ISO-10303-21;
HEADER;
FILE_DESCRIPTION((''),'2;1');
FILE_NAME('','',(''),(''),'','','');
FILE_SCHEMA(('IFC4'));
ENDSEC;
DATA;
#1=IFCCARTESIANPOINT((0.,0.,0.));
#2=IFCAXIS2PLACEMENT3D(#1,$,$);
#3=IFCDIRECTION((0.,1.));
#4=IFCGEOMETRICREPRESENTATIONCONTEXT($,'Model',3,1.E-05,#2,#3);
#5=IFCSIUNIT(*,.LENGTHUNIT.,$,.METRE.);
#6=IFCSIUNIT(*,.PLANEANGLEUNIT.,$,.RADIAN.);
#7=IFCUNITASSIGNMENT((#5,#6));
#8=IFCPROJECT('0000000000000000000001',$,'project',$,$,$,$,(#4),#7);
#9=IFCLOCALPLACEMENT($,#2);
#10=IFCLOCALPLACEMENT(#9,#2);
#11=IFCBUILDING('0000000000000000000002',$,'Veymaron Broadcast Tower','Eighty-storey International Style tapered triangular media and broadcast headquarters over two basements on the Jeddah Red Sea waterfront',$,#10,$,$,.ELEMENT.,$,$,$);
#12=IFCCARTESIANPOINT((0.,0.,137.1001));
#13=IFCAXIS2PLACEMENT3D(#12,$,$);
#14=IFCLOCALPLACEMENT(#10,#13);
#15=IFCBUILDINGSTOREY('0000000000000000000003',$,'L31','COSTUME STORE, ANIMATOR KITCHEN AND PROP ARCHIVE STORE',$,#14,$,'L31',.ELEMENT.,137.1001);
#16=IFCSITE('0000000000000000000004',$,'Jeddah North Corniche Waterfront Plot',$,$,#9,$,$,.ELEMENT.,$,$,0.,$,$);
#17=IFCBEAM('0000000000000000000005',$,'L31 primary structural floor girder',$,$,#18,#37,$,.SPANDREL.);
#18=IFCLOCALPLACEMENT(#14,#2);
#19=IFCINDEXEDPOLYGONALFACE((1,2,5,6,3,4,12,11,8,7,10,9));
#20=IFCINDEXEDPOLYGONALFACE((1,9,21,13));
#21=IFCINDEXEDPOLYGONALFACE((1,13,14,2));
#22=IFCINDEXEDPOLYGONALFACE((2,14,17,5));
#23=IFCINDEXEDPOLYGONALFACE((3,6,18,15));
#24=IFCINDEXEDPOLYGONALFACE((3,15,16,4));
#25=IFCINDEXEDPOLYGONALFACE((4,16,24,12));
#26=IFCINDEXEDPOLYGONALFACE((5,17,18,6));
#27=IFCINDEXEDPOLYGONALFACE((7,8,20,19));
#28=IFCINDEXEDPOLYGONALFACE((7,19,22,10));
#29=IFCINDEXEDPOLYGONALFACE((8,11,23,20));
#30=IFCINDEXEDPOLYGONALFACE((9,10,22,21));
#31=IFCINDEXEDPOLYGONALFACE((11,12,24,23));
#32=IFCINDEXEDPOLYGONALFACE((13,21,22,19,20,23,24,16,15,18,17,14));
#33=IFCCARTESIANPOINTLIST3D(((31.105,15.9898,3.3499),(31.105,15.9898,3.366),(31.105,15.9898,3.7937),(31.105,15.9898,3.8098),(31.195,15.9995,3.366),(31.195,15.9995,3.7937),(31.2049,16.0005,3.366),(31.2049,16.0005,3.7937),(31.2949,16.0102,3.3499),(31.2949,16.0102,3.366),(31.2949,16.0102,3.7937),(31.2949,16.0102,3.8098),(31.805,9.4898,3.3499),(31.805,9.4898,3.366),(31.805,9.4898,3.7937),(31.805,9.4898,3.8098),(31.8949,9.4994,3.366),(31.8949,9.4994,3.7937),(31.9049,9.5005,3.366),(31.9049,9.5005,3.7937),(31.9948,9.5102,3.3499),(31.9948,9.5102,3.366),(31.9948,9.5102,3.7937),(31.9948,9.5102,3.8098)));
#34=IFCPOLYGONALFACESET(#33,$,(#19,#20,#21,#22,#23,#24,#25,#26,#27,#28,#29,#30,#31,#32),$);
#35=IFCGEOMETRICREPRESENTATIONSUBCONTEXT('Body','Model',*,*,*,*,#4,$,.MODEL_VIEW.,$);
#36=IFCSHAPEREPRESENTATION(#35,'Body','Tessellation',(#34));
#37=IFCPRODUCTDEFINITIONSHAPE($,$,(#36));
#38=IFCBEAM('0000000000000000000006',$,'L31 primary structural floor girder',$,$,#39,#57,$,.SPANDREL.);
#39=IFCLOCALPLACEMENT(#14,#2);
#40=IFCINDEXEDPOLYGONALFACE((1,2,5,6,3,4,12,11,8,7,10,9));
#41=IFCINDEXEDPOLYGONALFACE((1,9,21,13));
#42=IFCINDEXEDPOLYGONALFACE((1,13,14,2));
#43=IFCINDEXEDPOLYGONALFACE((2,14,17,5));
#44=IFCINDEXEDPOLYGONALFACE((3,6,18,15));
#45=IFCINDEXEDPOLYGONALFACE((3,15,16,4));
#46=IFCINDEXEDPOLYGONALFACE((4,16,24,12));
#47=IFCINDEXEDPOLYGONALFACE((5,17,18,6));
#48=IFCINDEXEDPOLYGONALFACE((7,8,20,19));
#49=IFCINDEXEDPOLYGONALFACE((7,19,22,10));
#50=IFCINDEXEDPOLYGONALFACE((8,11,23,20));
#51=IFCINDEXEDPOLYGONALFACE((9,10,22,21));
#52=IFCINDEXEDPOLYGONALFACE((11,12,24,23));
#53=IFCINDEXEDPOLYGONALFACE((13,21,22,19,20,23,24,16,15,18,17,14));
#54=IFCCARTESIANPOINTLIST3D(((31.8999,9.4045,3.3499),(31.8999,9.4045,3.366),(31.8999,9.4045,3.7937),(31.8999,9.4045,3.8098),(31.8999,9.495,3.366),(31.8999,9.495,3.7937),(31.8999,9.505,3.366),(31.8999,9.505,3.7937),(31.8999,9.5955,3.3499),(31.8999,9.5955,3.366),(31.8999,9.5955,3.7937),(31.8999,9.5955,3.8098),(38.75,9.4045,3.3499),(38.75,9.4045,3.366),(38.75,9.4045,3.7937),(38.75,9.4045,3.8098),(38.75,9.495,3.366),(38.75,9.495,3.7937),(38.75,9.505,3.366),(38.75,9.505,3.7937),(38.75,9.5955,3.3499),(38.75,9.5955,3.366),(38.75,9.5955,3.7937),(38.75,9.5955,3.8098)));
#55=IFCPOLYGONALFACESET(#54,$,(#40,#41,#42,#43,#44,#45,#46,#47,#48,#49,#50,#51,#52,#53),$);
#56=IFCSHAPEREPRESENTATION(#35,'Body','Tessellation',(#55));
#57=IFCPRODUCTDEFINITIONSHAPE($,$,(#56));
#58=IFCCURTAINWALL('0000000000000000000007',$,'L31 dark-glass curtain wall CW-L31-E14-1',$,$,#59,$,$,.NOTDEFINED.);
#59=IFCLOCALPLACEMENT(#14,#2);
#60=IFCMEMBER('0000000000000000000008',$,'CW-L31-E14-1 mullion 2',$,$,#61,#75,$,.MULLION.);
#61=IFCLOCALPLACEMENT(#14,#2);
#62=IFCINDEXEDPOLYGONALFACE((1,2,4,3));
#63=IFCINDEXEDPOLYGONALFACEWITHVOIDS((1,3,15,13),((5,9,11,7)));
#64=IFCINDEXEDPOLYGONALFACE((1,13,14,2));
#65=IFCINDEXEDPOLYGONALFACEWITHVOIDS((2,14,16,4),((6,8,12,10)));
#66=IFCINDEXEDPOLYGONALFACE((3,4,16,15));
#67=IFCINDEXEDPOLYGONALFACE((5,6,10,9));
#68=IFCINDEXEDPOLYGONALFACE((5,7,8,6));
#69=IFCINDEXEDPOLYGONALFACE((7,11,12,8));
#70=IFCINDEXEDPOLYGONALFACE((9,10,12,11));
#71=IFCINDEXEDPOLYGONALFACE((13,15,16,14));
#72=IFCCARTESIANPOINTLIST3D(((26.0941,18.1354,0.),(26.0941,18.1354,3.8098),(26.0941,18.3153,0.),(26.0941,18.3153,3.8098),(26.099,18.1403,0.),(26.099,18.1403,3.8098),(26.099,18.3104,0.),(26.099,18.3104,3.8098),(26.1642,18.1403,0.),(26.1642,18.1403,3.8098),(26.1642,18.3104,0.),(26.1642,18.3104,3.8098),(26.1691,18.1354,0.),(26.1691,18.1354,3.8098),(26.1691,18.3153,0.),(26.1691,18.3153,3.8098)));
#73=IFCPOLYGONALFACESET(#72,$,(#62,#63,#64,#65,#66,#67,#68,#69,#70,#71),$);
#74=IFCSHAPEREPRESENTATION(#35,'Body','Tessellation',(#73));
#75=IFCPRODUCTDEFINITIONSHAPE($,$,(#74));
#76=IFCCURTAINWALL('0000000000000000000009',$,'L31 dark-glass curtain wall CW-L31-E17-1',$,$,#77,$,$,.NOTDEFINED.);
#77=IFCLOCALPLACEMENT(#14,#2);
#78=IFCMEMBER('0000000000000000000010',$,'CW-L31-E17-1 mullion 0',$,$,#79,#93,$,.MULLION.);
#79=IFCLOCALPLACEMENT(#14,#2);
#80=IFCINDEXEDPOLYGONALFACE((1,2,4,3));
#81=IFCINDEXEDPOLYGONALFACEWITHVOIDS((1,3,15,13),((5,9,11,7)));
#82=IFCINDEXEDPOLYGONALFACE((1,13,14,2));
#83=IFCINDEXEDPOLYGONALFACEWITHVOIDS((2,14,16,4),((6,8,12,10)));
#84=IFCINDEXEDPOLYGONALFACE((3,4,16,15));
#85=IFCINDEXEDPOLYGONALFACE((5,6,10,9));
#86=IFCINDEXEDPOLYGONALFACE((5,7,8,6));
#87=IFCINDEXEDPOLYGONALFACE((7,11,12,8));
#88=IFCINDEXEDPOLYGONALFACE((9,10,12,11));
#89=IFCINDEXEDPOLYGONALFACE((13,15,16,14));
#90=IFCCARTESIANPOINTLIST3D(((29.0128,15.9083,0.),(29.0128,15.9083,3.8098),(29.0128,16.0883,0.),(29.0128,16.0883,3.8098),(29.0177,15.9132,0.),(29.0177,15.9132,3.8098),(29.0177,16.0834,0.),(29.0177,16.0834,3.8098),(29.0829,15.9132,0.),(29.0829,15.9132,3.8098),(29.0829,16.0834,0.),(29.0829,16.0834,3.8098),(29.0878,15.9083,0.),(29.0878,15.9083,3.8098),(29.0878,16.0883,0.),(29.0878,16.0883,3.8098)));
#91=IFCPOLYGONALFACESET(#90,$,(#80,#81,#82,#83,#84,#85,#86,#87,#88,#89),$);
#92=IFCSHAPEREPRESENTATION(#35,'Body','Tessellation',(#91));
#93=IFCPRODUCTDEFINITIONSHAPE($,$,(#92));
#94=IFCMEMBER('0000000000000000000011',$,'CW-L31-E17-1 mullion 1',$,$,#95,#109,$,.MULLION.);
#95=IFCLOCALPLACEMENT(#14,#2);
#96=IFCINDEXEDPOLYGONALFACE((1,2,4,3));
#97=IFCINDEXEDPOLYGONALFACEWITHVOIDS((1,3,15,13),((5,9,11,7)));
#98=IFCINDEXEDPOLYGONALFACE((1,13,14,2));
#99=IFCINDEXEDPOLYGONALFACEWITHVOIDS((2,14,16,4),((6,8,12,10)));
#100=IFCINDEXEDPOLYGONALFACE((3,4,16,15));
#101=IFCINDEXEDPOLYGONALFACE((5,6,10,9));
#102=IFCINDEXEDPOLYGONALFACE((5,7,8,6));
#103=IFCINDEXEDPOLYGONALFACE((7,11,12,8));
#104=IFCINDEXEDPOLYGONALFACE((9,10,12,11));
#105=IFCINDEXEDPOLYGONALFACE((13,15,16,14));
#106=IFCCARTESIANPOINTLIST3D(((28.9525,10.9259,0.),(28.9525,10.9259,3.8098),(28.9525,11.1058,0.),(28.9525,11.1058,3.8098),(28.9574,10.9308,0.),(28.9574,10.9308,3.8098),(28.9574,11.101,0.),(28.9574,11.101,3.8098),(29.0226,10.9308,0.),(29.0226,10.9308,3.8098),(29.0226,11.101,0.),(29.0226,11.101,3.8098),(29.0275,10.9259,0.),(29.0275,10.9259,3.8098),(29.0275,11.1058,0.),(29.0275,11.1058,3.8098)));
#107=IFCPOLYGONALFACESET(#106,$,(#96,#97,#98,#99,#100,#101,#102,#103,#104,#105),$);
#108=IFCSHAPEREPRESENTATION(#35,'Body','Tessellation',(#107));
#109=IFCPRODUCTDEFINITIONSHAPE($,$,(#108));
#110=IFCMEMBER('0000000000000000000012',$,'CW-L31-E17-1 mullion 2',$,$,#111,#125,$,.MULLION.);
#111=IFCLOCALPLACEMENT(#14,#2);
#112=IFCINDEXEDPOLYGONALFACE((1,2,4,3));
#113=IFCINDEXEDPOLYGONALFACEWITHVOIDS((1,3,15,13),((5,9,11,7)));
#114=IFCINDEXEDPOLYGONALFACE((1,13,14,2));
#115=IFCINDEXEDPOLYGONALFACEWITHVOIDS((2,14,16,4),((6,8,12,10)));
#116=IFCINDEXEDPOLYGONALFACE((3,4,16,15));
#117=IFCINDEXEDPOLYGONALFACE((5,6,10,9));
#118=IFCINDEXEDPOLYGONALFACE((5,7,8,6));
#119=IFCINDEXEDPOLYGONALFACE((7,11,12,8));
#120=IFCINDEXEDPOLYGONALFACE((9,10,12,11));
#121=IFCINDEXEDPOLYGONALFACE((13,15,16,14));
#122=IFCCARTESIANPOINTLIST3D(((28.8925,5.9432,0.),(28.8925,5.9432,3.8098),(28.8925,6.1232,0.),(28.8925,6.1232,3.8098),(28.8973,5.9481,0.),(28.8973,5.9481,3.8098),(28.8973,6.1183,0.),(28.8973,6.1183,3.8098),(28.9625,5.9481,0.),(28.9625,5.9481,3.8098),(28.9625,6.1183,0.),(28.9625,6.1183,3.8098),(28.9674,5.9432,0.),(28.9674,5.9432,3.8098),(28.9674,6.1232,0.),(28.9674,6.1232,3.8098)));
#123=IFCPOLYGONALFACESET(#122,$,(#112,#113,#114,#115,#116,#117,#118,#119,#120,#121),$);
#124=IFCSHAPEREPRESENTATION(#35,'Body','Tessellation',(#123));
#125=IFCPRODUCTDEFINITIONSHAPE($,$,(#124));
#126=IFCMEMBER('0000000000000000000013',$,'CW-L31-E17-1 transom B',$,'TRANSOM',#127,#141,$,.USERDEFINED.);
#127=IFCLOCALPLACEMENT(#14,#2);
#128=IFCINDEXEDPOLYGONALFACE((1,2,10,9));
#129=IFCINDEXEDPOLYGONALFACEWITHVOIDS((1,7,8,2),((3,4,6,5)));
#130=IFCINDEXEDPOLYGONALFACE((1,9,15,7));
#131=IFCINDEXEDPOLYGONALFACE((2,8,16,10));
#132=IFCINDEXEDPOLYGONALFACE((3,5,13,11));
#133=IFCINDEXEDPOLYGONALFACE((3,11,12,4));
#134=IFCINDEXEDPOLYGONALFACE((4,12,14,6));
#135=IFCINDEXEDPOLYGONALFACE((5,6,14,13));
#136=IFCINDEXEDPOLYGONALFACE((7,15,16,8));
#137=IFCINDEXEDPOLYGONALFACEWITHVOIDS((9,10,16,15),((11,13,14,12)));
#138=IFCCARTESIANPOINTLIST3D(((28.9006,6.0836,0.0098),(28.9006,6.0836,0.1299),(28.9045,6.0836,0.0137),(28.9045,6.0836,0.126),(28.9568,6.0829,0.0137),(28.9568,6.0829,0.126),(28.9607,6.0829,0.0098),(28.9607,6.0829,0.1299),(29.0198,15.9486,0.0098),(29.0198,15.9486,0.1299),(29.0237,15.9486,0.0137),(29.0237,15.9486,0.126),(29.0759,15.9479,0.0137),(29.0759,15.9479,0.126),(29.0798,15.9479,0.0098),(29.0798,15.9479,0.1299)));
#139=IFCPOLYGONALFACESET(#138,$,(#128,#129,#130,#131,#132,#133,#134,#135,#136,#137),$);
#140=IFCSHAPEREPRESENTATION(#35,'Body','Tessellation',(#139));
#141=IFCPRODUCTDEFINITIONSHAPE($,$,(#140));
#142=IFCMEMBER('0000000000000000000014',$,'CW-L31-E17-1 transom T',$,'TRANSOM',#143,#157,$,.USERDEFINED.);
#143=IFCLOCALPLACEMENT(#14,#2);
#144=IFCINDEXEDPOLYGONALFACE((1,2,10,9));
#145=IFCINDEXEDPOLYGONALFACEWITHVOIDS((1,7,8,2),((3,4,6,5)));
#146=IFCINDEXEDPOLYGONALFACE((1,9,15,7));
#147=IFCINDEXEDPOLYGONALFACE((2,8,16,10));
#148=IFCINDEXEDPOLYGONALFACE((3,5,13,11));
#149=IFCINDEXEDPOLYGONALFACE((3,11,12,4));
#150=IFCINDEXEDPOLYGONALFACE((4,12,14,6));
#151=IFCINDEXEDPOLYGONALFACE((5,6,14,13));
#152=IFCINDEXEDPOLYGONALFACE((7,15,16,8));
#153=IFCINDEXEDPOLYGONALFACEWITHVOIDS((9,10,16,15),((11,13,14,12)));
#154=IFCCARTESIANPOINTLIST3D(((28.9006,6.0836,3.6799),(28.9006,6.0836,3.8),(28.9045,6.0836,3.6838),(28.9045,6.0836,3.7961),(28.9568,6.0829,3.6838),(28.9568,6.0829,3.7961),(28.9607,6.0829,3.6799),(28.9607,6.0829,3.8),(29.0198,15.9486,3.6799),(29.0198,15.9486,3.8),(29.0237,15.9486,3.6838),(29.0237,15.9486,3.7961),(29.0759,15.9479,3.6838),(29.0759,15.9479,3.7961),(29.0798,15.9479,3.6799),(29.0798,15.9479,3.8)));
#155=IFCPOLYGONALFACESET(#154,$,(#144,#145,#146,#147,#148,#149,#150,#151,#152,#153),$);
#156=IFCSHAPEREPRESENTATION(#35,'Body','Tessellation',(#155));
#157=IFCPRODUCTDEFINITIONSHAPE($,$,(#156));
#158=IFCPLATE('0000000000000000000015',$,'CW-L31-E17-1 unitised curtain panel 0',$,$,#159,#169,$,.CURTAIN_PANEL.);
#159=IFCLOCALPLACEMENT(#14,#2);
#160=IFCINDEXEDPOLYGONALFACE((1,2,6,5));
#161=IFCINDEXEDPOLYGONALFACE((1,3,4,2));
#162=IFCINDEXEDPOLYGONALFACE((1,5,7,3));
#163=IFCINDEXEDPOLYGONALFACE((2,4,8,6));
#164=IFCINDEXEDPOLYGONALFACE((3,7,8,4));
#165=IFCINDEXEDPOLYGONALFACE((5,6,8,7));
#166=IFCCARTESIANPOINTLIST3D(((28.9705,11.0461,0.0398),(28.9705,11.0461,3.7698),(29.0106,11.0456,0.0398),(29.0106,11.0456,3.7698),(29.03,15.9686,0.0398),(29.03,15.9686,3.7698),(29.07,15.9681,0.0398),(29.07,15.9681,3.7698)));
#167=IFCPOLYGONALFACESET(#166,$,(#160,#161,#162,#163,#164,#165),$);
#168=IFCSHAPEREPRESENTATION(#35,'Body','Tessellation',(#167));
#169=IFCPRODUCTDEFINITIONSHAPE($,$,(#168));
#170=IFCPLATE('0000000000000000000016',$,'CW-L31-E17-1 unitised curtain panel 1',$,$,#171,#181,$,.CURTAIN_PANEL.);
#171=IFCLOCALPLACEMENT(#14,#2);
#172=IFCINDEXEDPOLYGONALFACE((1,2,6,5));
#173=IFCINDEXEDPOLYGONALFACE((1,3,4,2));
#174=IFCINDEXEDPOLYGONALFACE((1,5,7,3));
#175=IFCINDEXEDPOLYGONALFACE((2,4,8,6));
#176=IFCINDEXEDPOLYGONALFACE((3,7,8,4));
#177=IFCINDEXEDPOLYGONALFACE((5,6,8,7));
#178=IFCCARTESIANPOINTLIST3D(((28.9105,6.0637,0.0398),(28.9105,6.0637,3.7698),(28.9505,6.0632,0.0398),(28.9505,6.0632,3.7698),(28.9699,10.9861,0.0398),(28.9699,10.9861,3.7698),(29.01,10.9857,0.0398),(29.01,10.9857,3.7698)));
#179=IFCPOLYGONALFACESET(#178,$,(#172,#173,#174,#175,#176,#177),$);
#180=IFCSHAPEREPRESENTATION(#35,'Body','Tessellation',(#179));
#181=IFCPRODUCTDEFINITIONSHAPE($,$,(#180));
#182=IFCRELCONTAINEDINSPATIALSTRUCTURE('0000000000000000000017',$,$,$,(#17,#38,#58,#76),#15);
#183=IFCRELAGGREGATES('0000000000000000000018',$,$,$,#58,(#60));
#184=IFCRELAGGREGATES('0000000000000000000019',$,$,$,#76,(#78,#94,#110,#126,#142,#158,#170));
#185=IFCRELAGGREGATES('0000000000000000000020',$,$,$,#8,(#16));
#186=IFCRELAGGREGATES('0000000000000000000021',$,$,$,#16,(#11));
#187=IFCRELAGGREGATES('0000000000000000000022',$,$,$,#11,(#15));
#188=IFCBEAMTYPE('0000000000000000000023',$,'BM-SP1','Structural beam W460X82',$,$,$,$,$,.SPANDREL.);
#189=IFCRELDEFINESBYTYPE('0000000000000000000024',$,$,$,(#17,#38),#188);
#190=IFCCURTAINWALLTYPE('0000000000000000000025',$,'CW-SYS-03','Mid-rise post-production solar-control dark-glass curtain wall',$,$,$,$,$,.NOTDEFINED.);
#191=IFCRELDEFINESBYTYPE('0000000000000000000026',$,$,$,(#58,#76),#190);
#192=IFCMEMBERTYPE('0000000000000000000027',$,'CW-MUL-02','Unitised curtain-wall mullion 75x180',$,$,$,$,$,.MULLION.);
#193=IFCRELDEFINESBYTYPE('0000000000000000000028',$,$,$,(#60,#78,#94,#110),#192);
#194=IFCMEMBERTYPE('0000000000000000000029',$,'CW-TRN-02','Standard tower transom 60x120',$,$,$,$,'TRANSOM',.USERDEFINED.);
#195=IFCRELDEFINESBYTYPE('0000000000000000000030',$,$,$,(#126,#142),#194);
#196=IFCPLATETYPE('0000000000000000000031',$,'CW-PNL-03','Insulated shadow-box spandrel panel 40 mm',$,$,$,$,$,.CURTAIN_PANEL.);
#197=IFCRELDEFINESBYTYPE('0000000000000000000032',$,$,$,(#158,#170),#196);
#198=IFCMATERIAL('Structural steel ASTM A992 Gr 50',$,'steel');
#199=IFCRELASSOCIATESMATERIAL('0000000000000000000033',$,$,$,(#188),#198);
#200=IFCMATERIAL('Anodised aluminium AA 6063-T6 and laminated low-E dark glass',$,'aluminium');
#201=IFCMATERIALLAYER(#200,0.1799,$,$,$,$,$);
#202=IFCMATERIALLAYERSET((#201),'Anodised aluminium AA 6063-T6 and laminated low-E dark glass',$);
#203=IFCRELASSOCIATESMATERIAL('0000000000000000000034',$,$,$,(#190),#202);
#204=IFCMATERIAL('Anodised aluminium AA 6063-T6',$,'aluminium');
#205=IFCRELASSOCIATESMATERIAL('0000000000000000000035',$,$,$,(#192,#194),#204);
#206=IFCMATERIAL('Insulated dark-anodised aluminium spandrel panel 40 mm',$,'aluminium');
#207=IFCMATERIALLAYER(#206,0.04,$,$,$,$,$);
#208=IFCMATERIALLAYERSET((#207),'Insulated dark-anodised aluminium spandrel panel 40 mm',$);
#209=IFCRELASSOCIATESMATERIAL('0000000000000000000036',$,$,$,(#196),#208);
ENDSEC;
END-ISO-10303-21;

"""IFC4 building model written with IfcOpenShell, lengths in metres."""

from ifc_helpers import new_model, si_unit, direction, frame, origin, origin_2d, place, context, subcontext, project, spatial, rectangle, hollow_rectangle, i_section, extrude, material, layer, layer_set, material_profile, profile_set, type_object, element, aggregate, save


model = new_model("IFC4")

# Units and contexts
model_context = context("Model", 3, precision=1e-05, world=origin(), true_north=direction((0.0, 1.0)))
body_context = subcontext(model_context, "Body", "Model", "MODEL_VIEW")
ifc_project = project(units=[si_unit("LENGTHUNIT", "METRE"), si_unit("PLANEANGLEUNIT", "RADIAN")], contexts=[model_context])

# Site, building, storey
site_placement = place(None, origin())
site = spatial("IfcSite", under=ifc_project, at=site_placement, Name="Jeddah North Corniche Waterfront Plot", CompositionType="ELEMENT", RefElevation=0.0)
building_placement = place(site_placement, origin())
building = spatial("IfcBuilding", under=site, at=building_placement, Name="Veymaron Broadcast Tower", Description="Eighty-storey International Style tapered triangular media and broadcast headquarters over two basements on the Jeddah Red Sea waterfront", CompositionType="ELEMENT")
storey_placement = place(building_placement, frame((0.0, 0.0, 137.1001)))
storey = spatial("IfcBuildingStorey", under=building, at=storey_placement, Name="L31", Description="COSTUME STORE, ANIMATOR KITCHEN AND PROP ARCHIVE STORE", LongName="L31", CompositionType="ELEMENT", Elevation=137.1001)

# Shared definitions
ifc_material_1 = material(Name="Structural steel ASTM A992 Gr 50", Category="steel")

# Beams
ifc_material_profile_1 = material_profile(ifc_material_1, i_section(OverallWidth=0.1909, OverallDepth=0.46, WebThickness=0.01, FlangeThickness=0.0161, at=origin_2d()), Name="W460X82")
ifc_profile_set_1 = profile_set([ifc_material_profile_1], Name="Structural steel ASTM A992 Gr 50")
beam_type_1 = type_object("IfcBeamType", Name="BM-SP1", Description="Structural beam W460X82", PredefinedType="SPANDREL", material=ifc_profile_set_1)
beam_1_placement = place(storey_placement, frame((31.2, 16.0, 3.5798), z_axis=(0.107066, -0.994252, 0.0), x_axis=(0.994252, 0.107066, 0.0)))
element("IfcBeam", 1, at=beam_1_placement, inside=storey, type_object=beam_type_1, Name="L31 primary structural floor girder", PredefinedType="SPANDREL", context=body_context, shape_type="SweptSolid", body=[
    extrude(i_section(OverallWidth=0.1909, OverallDepth=0.46, WebThickness=0.01, FlangeThickness=0.0161, at=origin_2d()), origin(), (0.0, 0.0, 1.0), 6.5376),
])
beam_2_placement = place(storey_placement, frame((31.8999, 9.5, 3.5798), z_axis=(1.0, 0.0, 0.0), x_axis=(0.0, 1.0, 0.0)))
element("IfcBeam", 2, at=beam_2_placement, inside=storey, type_object=beam_type_1, Name="L31 primary structural floor girder", PredefinedType="SPANDREL", context=body_context, shape_type="SweptSolid", body=[
    extrude(i_section(OverallWidth=0.1909, OverallDepth=0.46, WebThickness=0.01, FlangeThickness=0.0161, at=origin_2d()), origin(), (0.0, 0.0, 1.0), 6.8501),
])

# Curtain wall, member
ifc_material_2 = material(Name="Anodised aluminium AA 6063-T6 and laminated low-E dark glass", Category="aluminium")
ifc_layer_1 = layer(ifc_material_2, 0.1799)
ifc_layer_set_1 = layer_set([ifc_layer_1], Name="Anodised aluminium AA 6063-T6 and laminated low-E dark glass")
curtain_wall_type = type_object("IfcCurtainWallType", Name="CW-SYS-03", Description="Mid-rise post-production solar-control dark-glass curtain wall", PredefinedType="NOTDEFINED", material=ifc_layer_set_1)
curtain_wall_1_placement = place(storey_placement, origin())
curtain_wall_1 = element("IfcCurtainWall", 3, at=curtain_wall_1_placement, inside=storey, type_object=curtain_wall_type, Name="L31 dark-glass curtain wall CW-L31-E14-1", PredefinedType="NOTDEFINED")
ifc_material_3 = material(Name="Anodised aluminium AA 6063-T6", Category="aluminium")
ifc_material_profile_2 = material_profile(ifc_material_3, hollow_rectangle(XDim=0.075, YDim=0.1799, WallThickness=0.0049, at=origin_2d()), Name="AL180X75X5")
ifc_profile_set_2 = profile_set([ifc_material_profile_2], Name="Anodised aluminium AA 6063-T6")
member_type_1 = type_object("IfcMemberType", Name="CW-MUL-02", Description="Unitised curtain-wall mullion 75x180", PredefinedType="MULLION", material=ifc_profile_set_2)
member_1_placement = place(storey_placement, frame((26.1316, 18.2253, 0.0), z_axis=(0.0, 0.0, 1.0), x_axis=(1.0, 0.0, 0.0)))
member_1 = element("IfcMember", 4, at=member_1_placement, type_object=member_type_1, Name="CW-L31-E14-1 mullion 2", PredefinedType="MULLION", context=body_context, shape_type="SweptSolid", body=[
    extrude(hollow_rectangle(XDim=0.075, YDim=0.1799, WallThickness=0.0049, at=origin_2d()), origin(), (0.0, 0.0, 1.0), 3.8098),
])
aggregate(curtain_wall_1, [member_1])

# Curtain wall, members, plates
curtain_wall_2_placement = place(storey_placement, origin())
curtain_wall_2 = element("IfcCurtainWall", 5, at=curtain_wall_2_placement, inside=storey, type_object=curtain_wall_type, Name="L31 dark-glass curtain wall CW-L31-E17-1", PredefinedType="NOTDEFINED")
member_2_placement = place(storey_placement, frame((29.0503, 15.9983, 0.0), z_axis=(0.0, 0.0, 1.0), x_axis=(1.0, 0.0, 0.0)))
member_2 = element("IfcMember", 6, at=member_2_placement, type_object=member_type_1, Name="CW-L31-E17-1 mullion 0", PredefinedType="MULLION", context=body_context, shape_type="SweptSolid", body=[
    extrude(hollow_rectangle(XDim=0.075, YDim=0.1799, WallThickness=0.0049, at=origin_2d()), origin(), (0.0, 0.0, 1.0), 3.8098),
])
member_3_placement = place(storey_placement, frame((28.99, 11.0159, 0.0), z_axis=(0.0, 0.0, 1.0), x_axis=(1.0, 0.0, 0.0)))
member_3 = element("IfcMember", 7, at=member_3_placement, type_object=member_type_1, Name="CW-L31-E17-1 mullion 1", PredefinedType="MULLION", context=body_context, shape_type="SweptSolid", body=[
    extrude(hollow_rectangle(XDim=0.075, YDim=0.1799, WallThickness=0.0049, at=origin_2d()), origin(), (0.0, 0.0, 1.0), 3.8098),
])
member_4_placement = place(storey_placement, frame((28.9299, 6.0332, 0.0), z_axis=(0.0, 0.0, 1.0), x_axis=(1.0, 0.0, 0.0)))
member_4 = element("IfcMember", 8, at=member_4_placement, type_object=member_type_1, Name="CW-L31-E17-1 mullion 2", PredefinedType="MULLION", context=body_context, shape_type="SweptSolid", body=[
    extrude(hollow_rectangle(XDim=0.075, YDim=0.1799, WallThickness=0.0049, at=origin_2d()), origin(), (0.0, 0.0, 1.0), 3.8098),
])
ifc_material_profile_3 = material_profile(ifc_material_3, hollow_rectangle(XDim=0.0601, YDim=0.1201, WallThickness=0.0039, at=origin_2d()), Name="AL120X60X4")
ifc_profile_set_3 = profile_set([ifc_material_profile_3], Name="Anodised aluminium AA 6063-T6")
member_type_2 = type_object("IfcMemberType", Name="CW-TRN-02", Description="Standard tower transom 60x120", ElementType="TRANSOM", PredefinedType="USERDEFINED", material=ifc_profile_set_3)
member_5_placement = place(storey_placement, frame((29.0498, 15.9482, 0.0698), z_axis=(-0.012076, -0.999927, 0.0), x_axis=(0.999927, -0.012076, 0.0)))
member_5 = element("IfcMember", 9, at=member_5_placement, type_object=member_type_2, Name="CW-L31-E17-1 transom B", ObjectType="TRANSOM", PredefinedType="USERDEFINED", context=body_context, shape_type="SweptSolid", body=[
    extrude(hollow_rectangle(XDim=0.0601, YDim=0.1201, WallThickness=0.0039, at=origin_2d()), origin(), (0.0, 0.0, 1.0), 9.8657),
])
member_6_placement = place(storey_placement, frame((29.0498, 15.9482, 3.74), z_axis=(-0.012076, -0.999927, 0.0), x_axis=(0.999927, -0.012076, 0.0)))
member_6 = element("IfcMember", 10, at=member_6_placement, type_object=member_type_2, Name="CW-L31-E17-1 transom T", ObjectType="TRANSOM", PredefinedType="USERDEFINED", context=body_context, shape_type="SweptSolid", body=[
    extrude(hollow_rectangle(XDim=0.0601, YDim=0.1201, WallThickness=0.0039, at=origin_2d()), origin(), (0.0, 0.0, 1.0), 9.8657),
])
ifc_material_4 = material(Name="Insulated dark-anodised aluminium spandrel panel 40 mm", Category="aluminium")
ifc_layer_2 = layer(ifc_material_4, 0.04)
ifc_layer_set_2 = layer_set([ifc_layer_2], Name="Insulated dark-anodised aluminium spandrel panel 40 mm")
plate_type = type_object("IfcPlateType", Name="CW-PNL-03", Description="Insulated shadow-box spandrel panel 40 mm", PredefinedType="CURTAIN_PANEL", material=ifc_layer_set_2)
plate_1_placement = place(storey_placement, frame((29.0203, 13.5071, 0.0398), z_axis=(0.0, 0.0, 1.0), x_axis=(-0.012077, -0.999927, 0.0)))
plate_1 = element("IfcPlate", 11, at=plate_1_placement, type_object=plate_type, Name="CW-L31-E17-1 unitised curtain panel 0", PredefinedType="CURTAIN_PANEL", context=body_context, shape_type="SweptSolid", body=[
    extrude(rectangle(XDim=4.9229, YDim=0.04, at=origin_2d()), origin(), (0.0, 0.0, 1.0), 3.73),
])
plate_2_placement = place(storey_placement, frame((28.9602, 8.5247, 0.0398), z_axis=(0.0, 0.0, 1.0), x_axis=(-0.012077, -0.999927, 0.0)))
plate_2 = element("IfcPlate", 12, at=plate_2_placement, type_object=plate_type, Name="CW-L31-E17-1 unitised curtain panel 1", PredefinedType="CURTAIN_PANEL", context=body_context, shape_type="SweptSolid", body=[
    extrude(rectangle(XDim=4.9229, YDim=0.04, at=origin_2d()), origin(), (0.0, 0.0, 1.0), 3.73),
])
aggregate(curtain_wall_2, [member_2, member_3, member_4, member_5, member_6, plate_1, plate_2])

save(model, "model.ifc")
